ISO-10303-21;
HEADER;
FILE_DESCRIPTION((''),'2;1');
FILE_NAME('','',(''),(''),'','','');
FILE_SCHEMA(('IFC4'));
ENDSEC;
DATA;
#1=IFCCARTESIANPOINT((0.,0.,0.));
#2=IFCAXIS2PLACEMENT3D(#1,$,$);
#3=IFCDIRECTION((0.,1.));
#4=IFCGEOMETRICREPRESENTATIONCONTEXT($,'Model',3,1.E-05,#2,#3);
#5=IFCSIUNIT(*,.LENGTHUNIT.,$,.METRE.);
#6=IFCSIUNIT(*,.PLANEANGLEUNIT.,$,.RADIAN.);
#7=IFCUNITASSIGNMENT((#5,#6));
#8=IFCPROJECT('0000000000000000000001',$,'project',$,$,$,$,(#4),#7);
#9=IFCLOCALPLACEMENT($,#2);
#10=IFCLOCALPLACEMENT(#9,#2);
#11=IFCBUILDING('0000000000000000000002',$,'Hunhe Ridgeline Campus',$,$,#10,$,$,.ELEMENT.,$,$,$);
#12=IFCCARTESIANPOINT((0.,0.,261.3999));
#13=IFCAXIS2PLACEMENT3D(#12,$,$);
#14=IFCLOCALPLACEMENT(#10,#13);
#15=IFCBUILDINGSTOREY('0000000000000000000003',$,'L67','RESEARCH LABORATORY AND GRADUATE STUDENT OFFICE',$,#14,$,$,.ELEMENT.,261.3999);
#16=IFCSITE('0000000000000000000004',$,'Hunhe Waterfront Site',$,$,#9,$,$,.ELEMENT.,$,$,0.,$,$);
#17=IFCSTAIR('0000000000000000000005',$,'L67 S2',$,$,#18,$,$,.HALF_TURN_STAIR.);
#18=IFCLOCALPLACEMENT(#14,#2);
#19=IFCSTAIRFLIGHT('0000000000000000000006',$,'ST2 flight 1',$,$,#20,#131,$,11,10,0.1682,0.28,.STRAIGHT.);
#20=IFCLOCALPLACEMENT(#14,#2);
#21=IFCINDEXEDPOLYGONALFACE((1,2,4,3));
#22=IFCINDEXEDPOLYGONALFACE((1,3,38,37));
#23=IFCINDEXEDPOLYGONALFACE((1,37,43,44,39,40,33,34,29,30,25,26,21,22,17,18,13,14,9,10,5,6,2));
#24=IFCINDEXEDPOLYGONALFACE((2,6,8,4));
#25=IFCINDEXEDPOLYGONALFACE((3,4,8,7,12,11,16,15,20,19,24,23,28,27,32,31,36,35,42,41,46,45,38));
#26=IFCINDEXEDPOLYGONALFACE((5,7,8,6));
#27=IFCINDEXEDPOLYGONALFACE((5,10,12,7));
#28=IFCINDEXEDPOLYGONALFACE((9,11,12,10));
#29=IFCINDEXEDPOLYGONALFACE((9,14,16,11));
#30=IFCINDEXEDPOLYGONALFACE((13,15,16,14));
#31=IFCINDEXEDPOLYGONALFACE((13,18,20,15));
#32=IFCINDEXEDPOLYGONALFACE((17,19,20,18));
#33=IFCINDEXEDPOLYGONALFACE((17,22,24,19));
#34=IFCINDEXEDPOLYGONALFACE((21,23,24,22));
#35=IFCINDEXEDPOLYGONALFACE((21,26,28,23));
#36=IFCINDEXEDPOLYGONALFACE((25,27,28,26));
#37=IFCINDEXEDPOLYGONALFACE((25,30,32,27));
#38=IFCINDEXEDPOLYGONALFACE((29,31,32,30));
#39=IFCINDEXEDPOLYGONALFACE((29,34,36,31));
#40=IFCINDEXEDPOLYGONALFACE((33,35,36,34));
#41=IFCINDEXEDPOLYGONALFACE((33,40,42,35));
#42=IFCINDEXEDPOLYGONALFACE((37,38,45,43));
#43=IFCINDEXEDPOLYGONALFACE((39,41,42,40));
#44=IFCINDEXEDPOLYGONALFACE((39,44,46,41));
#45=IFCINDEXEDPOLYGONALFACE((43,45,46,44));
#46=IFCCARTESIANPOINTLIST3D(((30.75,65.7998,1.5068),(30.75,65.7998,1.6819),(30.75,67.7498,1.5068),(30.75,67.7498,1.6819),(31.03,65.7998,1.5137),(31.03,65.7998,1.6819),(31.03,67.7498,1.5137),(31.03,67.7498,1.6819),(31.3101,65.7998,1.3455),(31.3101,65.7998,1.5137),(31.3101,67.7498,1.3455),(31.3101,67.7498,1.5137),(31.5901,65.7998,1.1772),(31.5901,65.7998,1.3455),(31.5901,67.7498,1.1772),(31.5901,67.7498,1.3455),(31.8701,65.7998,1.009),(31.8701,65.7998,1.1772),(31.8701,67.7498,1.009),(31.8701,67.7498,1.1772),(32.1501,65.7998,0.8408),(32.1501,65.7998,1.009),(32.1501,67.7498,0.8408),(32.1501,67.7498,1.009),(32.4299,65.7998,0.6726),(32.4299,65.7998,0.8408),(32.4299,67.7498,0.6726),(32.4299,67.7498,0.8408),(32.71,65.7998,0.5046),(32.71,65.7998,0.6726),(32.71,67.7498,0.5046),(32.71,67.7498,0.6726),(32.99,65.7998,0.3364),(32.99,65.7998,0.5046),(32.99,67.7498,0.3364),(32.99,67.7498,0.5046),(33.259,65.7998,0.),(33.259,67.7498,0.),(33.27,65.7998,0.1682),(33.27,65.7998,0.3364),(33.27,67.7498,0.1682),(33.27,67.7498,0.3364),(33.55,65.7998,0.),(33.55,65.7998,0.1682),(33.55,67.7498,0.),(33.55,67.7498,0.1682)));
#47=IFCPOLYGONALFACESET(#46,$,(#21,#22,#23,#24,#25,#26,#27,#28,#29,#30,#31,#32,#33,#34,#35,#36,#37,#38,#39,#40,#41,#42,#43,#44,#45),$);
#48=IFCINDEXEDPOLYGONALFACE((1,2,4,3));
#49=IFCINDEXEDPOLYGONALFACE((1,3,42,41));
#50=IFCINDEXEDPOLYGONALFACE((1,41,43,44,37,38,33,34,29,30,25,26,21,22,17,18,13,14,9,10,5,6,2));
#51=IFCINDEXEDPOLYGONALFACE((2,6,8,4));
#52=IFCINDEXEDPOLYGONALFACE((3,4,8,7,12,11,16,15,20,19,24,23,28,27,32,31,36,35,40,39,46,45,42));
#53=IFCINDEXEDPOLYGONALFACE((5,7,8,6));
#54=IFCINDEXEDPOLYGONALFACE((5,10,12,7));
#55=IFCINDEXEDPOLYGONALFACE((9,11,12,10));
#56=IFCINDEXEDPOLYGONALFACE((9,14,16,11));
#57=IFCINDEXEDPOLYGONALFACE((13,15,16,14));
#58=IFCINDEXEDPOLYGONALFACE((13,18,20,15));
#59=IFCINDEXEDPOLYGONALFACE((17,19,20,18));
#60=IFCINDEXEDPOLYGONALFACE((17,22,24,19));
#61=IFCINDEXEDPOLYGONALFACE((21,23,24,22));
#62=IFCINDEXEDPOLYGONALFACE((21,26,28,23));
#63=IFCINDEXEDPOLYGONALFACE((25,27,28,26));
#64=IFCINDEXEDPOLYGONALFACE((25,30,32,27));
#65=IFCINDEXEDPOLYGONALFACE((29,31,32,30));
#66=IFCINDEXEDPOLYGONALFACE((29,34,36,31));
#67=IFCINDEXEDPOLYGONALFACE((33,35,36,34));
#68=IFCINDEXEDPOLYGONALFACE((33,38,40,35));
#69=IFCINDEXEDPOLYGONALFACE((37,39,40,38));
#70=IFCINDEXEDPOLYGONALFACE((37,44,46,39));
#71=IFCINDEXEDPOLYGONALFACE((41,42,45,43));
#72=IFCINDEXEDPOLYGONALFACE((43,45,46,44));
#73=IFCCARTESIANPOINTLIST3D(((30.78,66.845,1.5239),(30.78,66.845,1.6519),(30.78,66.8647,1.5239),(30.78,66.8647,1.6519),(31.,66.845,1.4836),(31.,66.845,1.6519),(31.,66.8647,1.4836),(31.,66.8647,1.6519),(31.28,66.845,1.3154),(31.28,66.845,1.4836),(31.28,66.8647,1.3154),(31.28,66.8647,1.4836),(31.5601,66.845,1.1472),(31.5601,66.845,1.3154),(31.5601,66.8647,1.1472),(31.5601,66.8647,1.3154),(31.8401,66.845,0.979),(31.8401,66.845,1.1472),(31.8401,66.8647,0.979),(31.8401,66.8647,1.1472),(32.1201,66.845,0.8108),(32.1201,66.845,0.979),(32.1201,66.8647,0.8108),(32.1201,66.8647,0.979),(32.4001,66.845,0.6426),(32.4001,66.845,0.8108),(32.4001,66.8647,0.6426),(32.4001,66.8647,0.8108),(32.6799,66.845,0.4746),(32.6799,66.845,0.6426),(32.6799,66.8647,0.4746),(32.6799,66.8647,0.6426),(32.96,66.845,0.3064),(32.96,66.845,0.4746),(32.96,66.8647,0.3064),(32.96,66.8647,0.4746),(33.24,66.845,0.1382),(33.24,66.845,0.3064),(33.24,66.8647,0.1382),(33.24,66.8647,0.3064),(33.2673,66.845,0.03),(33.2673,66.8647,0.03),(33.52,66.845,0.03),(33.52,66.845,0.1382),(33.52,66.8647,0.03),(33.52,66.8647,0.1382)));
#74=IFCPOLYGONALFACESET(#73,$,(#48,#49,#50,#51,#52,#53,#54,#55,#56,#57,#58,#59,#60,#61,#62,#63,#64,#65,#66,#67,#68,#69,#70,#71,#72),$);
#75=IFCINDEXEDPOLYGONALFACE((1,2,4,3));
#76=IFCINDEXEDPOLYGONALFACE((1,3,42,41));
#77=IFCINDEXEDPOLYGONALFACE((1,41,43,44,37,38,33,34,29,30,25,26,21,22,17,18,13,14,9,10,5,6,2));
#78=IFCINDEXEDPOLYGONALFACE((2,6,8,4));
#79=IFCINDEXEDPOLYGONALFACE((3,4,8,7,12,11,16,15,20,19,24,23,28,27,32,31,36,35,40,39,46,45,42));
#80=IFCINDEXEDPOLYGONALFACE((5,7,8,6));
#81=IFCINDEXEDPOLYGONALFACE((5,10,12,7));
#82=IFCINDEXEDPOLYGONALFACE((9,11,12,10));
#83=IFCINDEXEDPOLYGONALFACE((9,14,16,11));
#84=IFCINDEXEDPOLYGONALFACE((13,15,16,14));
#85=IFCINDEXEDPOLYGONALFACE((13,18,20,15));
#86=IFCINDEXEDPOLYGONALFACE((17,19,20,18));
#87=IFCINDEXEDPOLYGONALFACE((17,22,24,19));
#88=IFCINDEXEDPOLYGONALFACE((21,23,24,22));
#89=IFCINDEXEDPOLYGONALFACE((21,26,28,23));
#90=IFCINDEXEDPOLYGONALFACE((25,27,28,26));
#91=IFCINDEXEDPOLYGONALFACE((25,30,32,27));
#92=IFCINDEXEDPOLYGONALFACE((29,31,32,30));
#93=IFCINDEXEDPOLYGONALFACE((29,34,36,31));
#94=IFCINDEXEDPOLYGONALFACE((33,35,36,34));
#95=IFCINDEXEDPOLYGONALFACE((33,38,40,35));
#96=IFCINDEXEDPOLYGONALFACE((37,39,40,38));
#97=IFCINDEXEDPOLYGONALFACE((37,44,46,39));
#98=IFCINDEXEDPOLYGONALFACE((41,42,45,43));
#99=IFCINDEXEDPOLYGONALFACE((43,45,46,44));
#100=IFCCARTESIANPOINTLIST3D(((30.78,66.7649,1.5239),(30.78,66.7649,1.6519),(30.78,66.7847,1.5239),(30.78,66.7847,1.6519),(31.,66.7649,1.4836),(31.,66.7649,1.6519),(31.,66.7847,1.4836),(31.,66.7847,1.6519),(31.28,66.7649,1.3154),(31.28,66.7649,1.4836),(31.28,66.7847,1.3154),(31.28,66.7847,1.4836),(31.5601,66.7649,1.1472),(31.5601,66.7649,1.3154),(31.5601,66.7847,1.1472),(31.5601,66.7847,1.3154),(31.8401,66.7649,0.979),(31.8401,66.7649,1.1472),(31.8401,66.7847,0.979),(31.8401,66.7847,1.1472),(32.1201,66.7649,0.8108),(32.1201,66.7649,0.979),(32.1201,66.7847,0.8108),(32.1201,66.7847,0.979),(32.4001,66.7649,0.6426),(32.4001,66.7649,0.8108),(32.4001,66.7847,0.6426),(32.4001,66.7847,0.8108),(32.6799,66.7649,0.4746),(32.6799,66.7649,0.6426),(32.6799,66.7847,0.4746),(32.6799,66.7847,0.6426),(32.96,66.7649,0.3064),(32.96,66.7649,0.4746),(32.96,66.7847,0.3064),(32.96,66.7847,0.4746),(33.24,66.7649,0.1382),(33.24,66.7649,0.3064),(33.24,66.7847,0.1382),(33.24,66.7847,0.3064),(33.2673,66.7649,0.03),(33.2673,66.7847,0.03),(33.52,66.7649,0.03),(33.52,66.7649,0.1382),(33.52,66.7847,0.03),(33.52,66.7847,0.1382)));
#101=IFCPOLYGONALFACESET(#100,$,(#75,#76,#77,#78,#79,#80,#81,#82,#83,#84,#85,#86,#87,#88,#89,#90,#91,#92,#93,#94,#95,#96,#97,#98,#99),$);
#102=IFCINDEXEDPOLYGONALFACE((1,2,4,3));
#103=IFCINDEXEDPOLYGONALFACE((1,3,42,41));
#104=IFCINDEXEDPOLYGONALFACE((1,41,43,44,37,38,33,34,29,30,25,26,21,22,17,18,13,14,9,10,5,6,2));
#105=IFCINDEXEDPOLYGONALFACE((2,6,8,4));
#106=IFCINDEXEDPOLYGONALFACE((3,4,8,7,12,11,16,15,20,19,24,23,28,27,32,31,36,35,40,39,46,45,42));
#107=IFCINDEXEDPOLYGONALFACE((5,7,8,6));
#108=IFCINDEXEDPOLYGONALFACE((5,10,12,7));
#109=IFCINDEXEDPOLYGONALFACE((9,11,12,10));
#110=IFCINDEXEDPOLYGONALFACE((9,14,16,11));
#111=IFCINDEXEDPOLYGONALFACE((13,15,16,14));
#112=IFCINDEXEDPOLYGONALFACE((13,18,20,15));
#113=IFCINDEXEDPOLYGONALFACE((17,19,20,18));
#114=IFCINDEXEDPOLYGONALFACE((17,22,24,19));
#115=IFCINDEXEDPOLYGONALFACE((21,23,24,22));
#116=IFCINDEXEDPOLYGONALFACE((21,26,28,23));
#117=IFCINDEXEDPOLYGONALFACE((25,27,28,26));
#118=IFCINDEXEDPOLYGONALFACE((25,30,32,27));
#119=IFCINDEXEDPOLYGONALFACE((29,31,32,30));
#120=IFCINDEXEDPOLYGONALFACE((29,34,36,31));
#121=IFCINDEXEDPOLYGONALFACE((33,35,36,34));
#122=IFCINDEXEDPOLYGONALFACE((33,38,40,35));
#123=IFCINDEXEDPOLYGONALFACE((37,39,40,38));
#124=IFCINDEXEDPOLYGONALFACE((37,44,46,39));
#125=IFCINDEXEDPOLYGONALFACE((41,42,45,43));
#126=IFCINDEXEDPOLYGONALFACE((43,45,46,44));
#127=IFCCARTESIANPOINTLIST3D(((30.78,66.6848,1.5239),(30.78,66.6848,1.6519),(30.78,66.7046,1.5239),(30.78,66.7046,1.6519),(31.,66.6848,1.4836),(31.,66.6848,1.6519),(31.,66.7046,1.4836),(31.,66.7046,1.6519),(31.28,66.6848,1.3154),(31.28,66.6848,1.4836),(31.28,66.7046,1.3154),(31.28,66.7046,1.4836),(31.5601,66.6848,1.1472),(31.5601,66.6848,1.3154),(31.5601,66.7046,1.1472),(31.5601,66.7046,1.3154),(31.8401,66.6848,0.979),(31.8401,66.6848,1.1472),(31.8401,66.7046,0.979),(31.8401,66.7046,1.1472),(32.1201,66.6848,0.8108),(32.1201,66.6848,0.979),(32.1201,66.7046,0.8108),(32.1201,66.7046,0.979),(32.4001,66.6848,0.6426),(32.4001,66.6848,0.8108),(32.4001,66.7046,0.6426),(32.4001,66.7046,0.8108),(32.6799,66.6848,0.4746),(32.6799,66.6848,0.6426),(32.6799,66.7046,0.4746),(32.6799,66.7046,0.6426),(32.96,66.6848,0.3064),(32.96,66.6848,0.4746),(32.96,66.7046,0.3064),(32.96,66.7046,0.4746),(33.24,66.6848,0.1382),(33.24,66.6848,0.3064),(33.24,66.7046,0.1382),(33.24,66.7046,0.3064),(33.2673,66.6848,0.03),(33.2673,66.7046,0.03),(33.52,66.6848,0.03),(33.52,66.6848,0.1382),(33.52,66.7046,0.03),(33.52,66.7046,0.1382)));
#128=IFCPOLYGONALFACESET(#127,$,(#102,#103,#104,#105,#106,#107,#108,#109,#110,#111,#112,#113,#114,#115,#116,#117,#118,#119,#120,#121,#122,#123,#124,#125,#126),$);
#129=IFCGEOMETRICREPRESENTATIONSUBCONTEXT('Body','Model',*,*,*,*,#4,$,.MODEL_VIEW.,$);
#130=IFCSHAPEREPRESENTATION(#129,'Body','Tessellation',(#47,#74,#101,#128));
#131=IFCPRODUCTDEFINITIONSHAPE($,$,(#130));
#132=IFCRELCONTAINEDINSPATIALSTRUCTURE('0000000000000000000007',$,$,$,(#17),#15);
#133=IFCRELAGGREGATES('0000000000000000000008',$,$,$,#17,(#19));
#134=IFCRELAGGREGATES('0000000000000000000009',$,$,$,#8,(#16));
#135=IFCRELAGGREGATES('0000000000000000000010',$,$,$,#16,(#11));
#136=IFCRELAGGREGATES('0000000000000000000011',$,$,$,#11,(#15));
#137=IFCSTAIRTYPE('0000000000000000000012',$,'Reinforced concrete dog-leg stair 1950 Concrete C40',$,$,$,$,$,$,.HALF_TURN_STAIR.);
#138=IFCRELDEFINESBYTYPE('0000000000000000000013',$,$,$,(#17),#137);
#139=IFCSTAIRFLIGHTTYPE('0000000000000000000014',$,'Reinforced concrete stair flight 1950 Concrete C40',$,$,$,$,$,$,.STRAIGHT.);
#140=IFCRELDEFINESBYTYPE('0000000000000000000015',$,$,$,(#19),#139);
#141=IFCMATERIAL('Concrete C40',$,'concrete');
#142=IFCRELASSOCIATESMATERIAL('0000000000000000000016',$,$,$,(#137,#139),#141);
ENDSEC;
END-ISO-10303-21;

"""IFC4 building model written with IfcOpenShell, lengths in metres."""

from ifc_helpers import new_model, si_unit, direction, frame, origin, place, context, subcontext, project, spatial, polyline, outline, extrude, material, type_object, element, aggregate, save


model = new_model("IFC4")

# Units and contexts
model_context = context("Model", 3, precision=1e-05, world=origin(), true_north=direction((0.0, 1.0)))
body_context = subcontext(model_context, "Body", "Model", "MODEL_VIEW")
ifc_project = project(units=[si_unit("LENGTHUNIT", "METRE"), si_unit("PLANEANGLEUNIT", "RADIAN")], contexts=[model_context])

# Site, building, storey
site_placement = place(None, origin())
site = spatial("IfcSite", under=ifc_project, at=site_placement, Name="Hunhe Waterfront Site", CompositionType="ELEMENT", RefElevation=0.0)
building_placement = place(site_placement, origin())
building = spatial("IfcBuilding", under=site, at=building_placement, Name="Hunhe Ridgeline Campus", CompositionType="ELEMENT")
storey_placement = place(building_placement, frame((0.0, 0.0, 261.3999)))
storey = spatial("IfcBuildingStorey", under=building, at=storey_placement, Name="L67", Description="RESEARCH LABORATORY AND GRADUATE STUDENT OFFICE", CompositionType="ELEMENT", Elevation=261.3999)

# Stair, stair flight
ifc_material_1 = material(Name="Concrete C40", Category="concrete")
stair_type = type_object("IfcStairType", Name="Reinforced concrete dog-leg stair 1950 Concrete C40", PredefinedType="HALF_TURN_STAIR", material=ifc_material_1)
stair_placement = place(storey_placement, origin())
stair = element("IfcStair", 1, at=stair_placement, inside=storey, type_object=stair_type, Name="L67 S2", PredefinedType="HALF_TURN_STAIR")
stair_flight_type = type_object("IfcStairFlightType", Name="Reinforced concrete stair flight 1950 Concrete C40", PredefinedType="STRAIGHT", material=ifc_material_1)
stair_flight_1_placement = place(storey_placement, frame((33.55, 66.7749, 0.0), z_axis=(0.0, 0.0, 1.0), x_axis=(-1.0, 0.0, 0.0)))
stair_flight_1 = element("IfcStairFlight", 2, at=stair_flight_1_placement, type_object=stair_flight_type, Name="ST2 flight 1", NumberOfRisers=11, NumberOfTreads=10, PredefinedType="STRAIGHT", RiserHeight=0.1682, TreadLength=0.28, context=body_context, shape_type="SweptSolid", body=[
    extrude(outline(polyline([(0.0, 0.0), (0.0, 0.1682), (0.28, 0.1682), (0.28, 0.3364), (0.5601, 0.3364), (0.5601, 0.5046), (0.8401, 0.5046), (0.8401, 0.6726), (1.1201, 0.6726), (1.1201, 0.8408), (1.3999, 0.8408), (1.3999, 1.009), (1.6799, 1.009), (1.6799, 1.1772), (1.96, 1.1772), (1.96, 1.3455), (2.24, 1.3455), (2.24, 1.5137), (2.52, 1.5137), (2.52, 1.6819), (2.8, 1.6819), (2.8, 1.8501), (2.8, 1.5068), (0.291, 0.0), (0.0, 0.0)])), frame((0.0, 0.9751, 0.0), z_axis=(0.0, -1.0, 0.0), x_axis=(1.0, 0.0, 0.0)), (0.0, 0.0, 1.0), 1.95),
    extrude(outline(polyline([(0.03, 0.03), (0.03, 0.1382), (0.3101, 0.1382), (0.3101, 0.3064), (0.5901, 0.3064), (0.5901, 0.4746), (0.8701, 0.4746), (0.8701, 0.6426), (1.1499, 0.6426), (1.1499, 0.8108), (1.4299, 0.8108), (1.4299, 0.979), (1.71, 0.979), (1.71, 1.1472), (1.99, 1.1472), (1.99, 1.3154), (2.27, 1.3154), (2.27, 1.4836), (2.55, 1.4836), (2.55, 1.6519), (2.77, 1.6519), (2.77, 1.5239), (0.2827, 0.03), (0.03, 0.03)])), frame((0.0, -0.0701, 0.0), z_axis=(0.0, -1.0, 0.0), x_axis=(1.0, 0.0, 0.0)), (0.0, 0.0, 1.0), 0.0198),
    extrude(outline(polyline([(0.03, 0.03), (0.03, 0.1382), (0.3101, 0.1382), (0.3101, 0.3064), (0.5901, 0.3064), (0.5901, 0.4746), (0.8701, 0.4746), (0.8701, 0.6426), (1.1499, 0.6426), (1.1499, 0.8108), (1.4299, 0.8108), (1.4299, 0.979), (1.71, 0.979), (1.71, 1.1472), (1.99, 1.1472), (1.99, 1.3154), (2.27, 1.3154), (2.27, 1.4836), (2.55, 1.4836), (2.55, 1.6519), (2.77, 1.6519), (2.77, 1.5239), (0.2827, 0.03), (0.03, 0.03)])), frame((0.0, 0.01, 0.0), z_axis=(0.0, -1.0, 0.0), x_axis=(1.0, 0.0, 0.0)), (0.0, 0.0, 1.0), 0.0198),
    extrude(outline(polyline([(0.03, 0.03), (0.03, 0.1382), (0.3101, 0.1382), (0.3101, 0.3064), (0.5901, 0.3064), (0.5901, 0.4746), (0.8701, 0.4746), (0.8701, 0.6426), (1.1499, 0.6426), (1.1499, 0.8108), (1.4299, 0.8108), (1.4299, 0.979), (1.71, 0.979), (1.71, 1.1472), (1.99, 1.1472), (1.99, 1.3154), (2.27, 1.3154), (2.27, 1.4836), (2.55, 1.4836), (2.55, 1.6519), (2.77, 1.6519), (2.77, 1.5239), (0.2827, 0.03), (0.03, 0.03)])), frame((0.0, 0.0901, 0.0), z_axis=(0.0, -1.0, 0.0), x_axis=(1.0, 0.0, 0.0)), (0.0, 0.0, 1.0), 0.0198),
])
aggregate(stair, [stair_flight_1])

save(model, "model.ifc")
